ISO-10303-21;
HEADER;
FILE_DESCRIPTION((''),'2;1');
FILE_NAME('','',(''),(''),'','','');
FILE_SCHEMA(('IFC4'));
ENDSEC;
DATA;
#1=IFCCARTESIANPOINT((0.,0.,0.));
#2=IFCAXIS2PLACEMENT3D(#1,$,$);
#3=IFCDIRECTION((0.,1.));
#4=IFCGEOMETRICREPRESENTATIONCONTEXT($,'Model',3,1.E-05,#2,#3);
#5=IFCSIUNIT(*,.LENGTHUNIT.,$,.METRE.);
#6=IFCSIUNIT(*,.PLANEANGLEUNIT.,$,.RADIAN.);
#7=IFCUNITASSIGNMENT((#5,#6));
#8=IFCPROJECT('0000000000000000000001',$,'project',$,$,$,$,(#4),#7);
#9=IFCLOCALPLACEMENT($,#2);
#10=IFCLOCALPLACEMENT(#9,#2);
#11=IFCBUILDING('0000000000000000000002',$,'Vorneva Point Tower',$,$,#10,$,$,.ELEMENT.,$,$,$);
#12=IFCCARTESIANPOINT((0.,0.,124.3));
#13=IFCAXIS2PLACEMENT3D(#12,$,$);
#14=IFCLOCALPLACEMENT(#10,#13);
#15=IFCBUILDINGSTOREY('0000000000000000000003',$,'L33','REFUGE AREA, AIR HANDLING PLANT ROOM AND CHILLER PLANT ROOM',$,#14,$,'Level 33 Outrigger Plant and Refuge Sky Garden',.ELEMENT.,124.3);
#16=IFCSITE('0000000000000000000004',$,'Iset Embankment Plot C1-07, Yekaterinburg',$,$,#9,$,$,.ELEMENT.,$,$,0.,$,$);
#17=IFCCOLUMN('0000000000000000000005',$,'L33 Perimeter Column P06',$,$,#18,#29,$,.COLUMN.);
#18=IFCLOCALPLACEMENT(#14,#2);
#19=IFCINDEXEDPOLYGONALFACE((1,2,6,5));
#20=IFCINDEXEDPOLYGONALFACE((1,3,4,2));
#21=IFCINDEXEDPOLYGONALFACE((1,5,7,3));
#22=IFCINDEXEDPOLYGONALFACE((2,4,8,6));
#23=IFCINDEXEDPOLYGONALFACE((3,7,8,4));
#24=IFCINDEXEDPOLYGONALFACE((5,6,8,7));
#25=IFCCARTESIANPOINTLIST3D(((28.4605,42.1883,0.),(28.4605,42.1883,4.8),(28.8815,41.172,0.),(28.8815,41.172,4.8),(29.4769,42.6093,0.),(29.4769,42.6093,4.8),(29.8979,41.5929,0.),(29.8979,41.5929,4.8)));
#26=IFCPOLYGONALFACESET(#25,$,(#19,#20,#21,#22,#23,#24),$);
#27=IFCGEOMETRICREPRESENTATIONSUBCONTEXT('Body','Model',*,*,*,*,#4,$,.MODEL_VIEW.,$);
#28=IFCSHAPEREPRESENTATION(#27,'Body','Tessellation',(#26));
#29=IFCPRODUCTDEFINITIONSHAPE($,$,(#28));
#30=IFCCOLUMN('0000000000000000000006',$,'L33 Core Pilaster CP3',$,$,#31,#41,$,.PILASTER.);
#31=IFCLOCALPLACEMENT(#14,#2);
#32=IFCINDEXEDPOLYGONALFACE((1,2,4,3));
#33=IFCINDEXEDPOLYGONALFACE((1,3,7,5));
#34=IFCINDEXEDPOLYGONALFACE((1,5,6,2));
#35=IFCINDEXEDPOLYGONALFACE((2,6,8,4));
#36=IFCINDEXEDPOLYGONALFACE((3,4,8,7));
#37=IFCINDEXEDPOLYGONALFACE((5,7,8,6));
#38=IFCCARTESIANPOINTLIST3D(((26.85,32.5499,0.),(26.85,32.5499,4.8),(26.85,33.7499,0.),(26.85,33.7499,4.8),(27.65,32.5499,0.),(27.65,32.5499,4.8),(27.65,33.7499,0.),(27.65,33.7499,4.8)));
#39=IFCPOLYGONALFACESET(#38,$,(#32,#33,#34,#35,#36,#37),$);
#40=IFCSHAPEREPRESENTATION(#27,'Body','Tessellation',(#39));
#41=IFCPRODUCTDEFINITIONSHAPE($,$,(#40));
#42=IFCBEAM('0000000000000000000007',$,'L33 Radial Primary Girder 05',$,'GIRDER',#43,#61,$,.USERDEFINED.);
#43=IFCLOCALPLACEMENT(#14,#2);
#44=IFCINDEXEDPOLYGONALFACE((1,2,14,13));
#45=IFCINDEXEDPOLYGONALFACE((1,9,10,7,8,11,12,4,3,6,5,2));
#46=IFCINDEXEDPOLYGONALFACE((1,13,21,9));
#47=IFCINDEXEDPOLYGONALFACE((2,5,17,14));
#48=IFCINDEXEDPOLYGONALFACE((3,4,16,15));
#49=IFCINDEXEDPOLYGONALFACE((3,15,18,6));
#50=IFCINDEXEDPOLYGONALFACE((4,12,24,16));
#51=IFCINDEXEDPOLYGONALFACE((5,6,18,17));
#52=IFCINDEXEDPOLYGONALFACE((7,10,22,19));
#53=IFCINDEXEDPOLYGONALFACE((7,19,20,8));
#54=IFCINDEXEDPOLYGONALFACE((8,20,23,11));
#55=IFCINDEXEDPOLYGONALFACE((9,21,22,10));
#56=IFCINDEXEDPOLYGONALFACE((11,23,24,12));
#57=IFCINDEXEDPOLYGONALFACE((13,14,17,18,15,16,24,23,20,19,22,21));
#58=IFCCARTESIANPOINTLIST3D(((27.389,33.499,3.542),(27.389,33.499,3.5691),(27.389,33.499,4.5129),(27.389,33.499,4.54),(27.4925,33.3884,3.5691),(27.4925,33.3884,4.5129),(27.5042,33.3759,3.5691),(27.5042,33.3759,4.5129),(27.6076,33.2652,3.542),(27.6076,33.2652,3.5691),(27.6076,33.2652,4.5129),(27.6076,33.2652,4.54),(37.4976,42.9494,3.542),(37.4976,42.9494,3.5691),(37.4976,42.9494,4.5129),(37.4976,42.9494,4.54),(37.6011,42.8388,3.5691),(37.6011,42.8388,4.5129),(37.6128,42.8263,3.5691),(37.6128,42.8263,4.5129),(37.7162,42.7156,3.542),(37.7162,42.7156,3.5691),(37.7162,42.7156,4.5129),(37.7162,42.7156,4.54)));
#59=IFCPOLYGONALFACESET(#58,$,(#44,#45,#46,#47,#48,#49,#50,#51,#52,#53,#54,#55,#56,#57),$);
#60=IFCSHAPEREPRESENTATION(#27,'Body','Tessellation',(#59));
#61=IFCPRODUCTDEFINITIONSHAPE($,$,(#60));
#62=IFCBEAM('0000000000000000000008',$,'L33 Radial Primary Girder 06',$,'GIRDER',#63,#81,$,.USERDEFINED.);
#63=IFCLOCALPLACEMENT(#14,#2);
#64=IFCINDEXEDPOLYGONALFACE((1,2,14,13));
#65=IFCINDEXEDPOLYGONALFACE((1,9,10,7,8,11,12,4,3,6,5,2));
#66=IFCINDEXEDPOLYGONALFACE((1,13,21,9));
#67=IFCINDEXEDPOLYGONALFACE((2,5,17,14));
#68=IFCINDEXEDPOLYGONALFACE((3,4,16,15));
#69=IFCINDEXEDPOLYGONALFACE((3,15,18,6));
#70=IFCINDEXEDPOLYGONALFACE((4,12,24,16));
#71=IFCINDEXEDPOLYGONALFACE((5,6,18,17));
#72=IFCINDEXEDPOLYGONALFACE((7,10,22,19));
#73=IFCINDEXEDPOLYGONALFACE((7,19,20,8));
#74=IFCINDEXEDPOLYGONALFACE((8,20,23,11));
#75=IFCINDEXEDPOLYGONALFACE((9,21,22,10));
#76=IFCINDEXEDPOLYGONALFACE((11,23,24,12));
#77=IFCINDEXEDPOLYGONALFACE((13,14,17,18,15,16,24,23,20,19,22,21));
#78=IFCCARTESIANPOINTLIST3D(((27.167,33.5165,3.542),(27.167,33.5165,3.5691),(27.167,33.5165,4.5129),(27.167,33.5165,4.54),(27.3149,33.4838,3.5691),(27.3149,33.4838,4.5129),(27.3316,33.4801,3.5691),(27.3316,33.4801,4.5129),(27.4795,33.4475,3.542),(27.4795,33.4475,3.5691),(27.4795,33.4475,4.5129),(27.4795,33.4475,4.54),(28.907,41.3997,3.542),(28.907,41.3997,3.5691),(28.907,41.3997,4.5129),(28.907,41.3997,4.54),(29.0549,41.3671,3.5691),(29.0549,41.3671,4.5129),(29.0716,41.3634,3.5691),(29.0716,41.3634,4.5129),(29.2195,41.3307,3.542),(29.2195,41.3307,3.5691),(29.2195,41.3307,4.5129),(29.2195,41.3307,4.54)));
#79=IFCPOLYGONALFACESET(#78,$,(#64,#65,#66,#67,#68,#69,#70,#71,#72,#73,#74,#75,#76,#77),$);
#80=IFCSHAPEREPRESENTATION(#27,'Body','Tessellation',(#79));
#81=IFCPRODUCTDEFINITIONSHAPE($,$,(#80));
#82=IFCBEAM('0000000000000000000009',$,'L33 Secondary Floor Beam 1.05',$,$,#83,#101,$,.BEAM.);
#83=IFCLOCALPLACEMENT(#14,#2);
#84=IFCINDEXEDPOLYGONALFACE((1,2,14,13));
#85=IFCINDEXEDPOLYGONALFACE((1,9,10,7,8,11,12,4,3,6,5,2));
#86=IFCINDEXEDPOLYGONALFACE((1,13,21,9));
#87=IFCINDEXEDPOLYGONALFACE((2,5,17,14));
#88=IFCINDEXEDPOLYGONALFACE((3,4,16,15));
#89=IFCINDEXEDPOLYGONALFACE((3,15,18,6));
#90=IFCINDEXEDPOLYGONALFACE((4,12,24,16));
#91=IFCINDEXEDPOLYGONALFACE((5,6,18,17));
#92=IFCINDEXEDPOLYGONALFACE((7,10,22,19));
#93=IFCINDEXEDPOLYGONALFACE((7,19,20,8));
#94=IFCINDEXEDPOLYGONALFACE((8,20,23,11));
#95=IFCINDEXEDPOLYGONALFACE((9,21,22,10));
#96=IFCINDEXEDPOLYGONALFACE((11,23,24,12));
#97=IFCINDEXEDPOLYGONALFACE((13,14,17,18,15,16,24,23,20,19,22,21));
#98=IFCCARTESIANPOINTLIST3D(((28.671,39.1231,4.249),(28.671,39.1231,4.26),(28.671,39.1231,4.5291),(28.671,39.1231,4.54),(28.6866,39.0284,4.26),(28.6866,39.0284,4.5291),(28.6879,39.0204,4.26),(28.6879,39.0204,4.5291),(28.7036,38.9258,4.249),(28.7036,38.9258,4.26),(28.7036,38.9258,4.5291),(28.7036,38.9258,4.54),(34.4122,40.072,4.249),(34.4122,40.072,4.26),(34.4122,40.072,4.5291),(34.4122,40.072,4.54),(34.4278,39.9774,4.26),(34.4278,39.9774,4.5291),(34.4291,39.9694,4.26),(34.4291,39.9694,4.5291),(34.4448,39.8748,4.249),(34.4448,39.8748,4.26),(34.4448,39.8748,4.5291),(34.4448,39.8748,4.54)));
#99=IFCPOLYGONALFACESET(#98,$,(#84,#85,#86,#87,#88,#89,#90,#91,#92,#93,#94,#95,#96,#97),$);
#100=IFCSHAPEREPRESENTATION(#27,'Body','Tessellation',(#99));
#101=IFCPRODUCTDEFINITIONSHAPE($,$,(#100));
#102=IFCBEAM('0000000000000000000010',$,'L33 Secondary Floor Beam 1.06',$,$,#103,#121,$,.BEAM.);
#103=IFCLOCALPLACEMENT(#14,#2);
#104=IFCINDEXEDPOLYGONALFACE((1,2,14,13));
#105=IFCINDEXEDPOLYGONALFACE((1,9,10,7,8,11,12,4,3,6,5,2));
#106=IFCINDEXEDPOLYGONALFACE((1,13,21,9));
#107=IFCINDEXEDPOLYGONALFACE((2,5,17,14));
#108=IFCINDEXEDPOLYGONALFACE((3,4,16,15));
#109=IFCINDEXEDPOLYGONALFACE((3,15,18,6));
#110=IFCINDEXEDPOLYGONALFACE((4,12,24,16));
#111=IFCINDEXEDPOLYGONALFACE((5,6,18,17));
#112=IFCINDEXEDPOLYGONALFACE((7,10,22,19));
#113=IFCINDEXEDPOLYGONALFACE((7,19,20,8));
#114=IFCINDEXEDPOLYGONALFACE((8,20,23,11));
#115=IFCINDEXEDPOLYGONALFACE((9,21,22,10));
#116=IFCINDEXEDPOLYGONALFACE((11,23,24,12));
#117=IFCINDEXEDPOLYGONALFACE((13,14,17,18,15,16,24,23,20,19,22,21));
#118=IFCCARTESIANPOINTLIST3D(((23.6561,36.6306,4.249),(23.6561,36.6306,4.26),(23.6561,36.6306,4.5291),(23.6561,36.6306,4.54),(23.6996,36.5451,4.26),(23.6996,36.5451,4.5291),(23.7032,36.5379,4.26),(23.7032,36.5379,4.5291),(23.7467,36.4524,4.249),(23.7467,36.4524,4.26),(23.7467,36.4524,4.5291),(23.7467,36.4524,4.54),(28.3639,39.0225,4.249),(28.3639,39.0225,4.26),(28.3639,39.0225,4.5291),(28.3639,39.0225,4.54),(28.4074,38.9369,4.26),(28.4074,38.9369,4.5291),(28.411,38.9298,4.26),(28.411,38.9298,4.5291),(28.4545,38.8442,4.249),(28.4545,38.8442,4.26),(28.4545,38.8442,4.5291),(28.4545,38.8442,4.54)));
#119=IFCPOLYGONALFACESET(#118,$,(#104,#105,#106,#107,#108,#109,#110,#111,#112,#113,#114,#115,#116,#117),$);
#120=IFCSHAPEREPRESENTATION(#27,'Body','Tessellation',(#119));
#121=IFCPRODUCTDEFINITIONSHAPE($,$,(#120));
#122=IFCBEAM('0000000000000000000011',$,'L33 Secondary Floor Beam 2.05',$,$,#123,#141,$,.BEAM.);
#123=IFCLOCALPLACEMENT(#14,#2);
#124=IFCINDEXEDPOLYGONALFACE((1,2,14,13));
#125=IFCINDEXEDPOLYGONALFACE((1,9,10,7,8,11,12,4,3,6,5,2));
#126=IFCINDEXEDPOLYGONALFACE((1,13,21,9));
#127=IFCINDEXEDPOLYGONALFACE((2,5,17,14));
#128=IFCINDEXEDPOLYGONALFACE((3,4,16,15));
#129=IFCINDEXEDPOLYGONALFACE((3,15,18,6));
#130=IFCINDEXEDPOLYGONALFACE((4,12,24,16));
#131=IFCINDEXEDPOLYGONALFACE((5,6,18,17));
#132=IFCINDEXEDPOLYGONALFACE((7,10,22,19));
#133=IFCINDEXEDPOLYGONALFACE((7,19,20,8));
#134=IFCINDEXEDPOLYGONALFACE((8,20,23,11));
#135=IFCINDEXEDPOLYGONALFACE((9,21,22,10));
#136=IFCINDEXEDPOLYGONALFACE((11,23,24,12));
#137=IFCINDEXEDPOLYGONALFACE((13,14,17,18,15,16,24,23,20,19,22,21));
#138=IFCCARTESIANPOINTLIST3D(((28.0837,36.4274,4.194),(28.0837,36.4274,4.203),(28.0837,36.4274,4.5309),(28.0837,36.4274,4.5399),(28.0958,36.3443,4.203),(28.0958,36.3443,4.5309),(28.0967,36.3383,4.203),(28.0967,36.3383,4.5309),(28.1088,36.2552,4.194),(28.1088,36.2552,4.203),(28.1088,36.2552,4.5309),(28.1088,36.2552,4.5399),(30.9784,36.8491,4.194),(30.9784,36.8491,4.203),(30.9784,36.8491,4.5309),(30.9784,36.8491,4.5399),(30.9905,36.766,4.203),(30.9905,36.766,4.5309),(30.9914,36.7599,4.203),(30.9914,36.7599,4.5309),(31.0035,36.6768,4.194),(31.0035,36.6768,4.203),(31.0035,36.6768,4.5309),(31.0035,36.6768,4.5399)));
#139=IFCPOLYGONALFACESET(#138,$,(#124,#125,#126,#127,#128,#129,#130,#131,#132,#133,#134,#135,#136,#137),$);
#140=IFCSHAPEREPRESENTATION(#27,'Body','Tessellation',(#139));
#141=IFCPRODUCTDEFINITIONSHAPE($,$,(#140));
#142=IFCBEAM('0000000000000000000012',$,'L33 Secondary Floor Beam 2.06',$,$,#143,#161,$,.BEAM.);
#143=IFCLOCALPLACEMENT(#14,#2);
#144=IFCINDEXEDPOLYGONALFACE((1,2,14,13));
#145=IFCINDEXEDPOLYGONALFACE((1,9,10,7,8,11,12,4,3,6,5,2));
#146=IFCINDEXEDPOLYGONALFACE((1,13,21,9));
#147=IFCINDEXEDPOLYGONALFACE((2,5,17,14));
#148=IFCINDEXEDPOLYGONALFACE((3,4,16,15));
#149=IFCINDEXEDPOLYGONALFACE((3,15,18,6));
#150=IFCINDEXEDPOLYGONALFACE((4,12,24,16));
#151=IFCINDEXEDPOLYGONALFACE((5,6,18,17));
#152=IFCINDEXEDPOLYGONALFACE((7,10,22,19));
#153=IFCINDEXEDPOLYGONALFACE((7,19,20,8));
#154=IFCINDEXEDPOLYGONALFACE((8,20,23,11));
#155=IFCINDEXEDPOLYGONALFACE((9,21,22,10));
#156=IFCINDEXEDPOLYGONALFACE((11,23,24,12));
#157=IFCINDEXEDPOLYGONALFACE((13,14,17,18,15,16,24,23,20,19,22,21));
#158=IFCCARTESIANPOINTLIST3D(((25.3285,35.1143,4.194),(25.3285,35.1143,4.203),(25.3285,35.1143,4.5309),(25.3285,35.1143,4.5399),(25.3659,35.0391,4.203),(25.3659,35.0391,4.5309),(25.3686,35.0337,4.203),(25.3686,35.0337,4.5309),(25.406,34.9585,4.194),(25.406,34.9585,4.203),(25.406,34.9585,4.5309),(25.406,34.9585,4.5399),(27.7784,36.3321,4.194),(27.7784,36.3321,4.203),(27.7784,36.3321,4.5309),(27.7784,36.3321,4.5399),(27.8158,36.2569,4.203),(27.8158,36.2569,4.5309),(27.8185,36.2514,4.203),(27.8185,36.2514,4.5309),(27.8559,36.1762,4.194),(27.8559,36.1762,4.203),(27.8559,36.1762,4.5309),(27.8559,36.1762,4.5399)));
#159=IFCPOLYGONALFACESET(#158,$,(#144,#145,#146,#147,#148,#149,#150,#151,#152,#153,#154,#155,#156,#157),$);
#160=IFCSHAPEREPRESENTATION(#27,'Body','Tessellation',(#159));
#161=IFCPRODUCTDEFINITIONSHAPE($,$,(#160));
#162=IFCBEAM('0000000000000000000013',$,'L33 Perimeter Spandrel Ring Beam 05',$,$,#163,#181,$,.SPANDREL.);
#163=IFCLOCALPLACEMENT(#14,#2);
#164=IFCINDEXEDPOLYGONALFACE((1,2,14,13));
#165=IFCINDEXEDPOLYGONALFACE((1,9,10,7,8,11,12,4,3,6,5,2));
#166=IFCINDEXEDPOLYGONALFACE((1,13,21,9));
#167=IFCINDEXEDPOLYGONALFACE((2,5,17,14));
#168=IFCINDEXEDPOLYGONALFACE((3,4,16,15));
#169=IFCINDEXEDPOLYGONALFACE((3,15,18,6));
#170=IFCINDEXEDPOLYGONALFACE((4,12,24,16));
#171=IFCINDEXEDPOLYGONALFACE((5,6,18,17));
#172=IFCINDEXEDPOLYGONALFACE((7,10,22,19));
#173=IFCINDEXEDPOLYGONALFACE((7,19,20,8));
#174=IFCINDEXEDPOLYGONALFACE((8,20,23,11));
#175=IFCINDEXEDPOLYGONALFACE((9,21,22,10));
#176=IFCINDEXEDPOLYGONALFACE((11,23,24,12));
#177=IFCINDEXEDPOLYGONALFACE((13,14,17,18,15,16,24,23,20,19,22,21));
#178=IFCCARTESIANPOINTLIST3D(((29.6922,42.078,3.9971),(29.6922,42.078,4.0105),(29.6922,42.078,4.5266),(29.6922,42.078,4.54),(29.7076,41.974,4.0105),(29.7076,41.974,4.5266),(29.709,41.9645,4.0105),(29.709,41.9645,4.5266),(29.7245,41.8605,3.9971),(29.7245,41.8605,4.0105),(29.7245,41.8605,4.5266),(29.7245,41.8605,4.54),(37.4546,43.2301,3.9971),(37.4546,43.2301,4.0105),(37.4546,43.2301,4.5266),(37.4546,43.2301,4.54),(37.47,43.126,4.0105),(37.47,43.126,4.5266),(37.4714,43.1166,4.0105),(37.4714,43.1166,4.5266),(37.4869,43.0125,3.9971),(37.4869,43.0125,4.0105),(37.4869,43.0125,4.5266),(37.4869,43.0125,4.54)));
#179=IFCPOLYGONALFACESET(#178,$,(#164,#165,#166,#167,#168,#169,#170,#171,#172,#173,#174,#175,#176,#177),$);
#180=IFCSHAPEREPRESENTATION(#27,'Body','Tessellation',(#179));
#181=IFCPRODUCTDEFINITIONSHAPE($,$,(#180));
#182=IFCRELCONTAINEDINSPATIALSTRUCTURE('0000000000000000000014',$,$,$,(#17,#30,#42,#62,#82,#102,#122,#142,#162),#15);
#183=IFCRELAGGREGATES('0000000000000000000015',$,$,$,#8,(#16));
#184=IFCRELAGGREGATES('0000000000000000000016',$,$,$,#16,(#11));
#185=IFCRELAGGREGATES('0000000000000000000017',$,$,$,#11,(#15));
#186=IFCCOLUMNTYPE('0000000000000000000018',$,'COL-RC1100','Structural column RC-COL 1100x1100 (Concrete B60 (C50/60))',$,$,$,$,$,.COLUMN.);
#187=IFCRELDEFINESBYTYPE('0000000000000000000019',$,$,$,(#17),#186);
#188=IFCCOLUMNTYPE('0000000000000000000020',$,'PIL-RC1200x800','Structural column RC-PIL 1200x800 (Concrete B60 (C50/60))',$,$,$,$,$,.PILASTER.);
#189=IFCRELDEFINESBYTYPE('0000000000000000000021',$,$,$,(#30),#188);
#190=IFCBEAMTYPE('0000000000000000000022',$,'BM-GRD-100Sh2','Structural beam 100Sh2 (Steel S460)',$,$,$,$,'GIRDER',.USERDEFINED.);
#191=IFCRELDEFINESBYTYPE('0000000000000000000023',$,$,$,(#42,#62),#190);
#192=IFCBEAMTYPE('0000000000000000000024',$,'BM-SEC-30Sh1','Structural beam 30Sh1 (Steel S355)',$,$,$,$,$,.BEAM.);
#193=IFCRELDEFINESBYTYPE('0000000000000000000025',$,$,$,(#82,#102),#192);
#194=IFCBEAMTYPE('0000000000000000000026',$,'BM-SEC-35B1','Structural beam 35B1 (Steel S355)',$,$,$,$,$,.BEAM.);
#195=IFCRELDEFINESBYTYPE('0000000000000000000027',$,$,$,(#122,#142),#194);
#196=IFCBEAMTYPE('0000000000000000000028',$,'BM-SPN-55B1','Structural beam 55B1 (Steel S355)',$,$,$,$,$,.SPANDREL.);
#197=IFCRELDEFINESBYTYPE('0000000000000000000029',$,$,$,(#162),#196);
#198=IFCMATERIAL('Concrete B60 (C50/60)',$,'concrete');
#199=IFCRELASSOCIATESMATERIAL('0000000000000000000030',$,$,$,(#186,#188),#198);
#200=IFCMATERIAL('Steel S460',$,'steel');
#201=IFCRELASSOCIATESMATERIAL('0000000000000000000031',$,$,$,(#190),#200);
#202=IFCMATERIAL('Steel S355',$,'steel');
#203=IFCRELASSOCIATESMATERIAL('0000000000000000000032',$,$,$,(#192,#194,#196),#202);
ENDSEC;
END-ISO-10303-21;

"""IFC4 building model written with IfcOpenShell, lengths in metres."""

from ifc_helpers import new_model, si_unit, direction, frame, origin, origin_2d, place, context, subcontext, project, spatial, rectangle, i_section, extrude, material, material_profile, profile_set, type_object, element, save


model = new_model("IFC4")

# Units and contexts
model_context = context("Model", 3, precision=1e-05, world=origin(), true_north=direction((0.0, 1.0)))
body_context = subcontext(model_context, "Body", "Model", "MODEL_VIEW")
ifc_project = project(units=[si_unit("LENGTHUNIT", "METRE"), si_unit("PLANEANGLEUNIT", "RADIAN")], contexts=[model_context])

# Site, building, storey
site_placement = place(None, origin())
site = spatial("IfcSite", under=ifc_project, at=site_placement, Name="Iset Embankment Plot C1-07, Yekaterinburg", CompositionType="ELEMENT", RefElevation=0.0)
building_placement = place(site_placement, origin())
building = spatial("IfcBuilding", under=site, at=building_placement, Name="Vorneva Point Tower", CompositionType="ELEMENT")
storey_placement = place(building_placement, frame((0.0, 0.0, 124.3)))
storey = spatial("IfcBuildingStorey", under=building, at=storey_placement, Name="L33", Description="REFUGE AREA, AIR HANDLING PLANT ROOM AND CHILLER PLANT ROOM", LongName="Level 33 Outrigger Plant and Refuge Sky Garden", CompositionType="ELEMENT", Elevation=124.3)

# Columns
ifc_material_1 = material(Name="Concrete B60 (C50/60)", Category="concrete")
ifc_material_profile_1 = material_profile(ifc_material_1, rectangle(XDim=1.1001, YDim=1.1001, at=origin_2d()), Name="RC-COL 1100x1100")
ifc_profile_set_1 = profile_set([ifc_material_profile_1], Name="Concrete B60 (C50/60)")
column_type_1 = type_object("IfcColumnType", Name="COL-RC1100", Description="Structural column RC-COL 1100x1100 (Concrete B60 (C50/60))", PredefinedType="COLUMN", material=ifc_profile_set_1)
column_1_placement = place(storey_placement, frame((29.1792, 41.8906, 0.0), z_axis=(0.0, 0.0, 1.0), x_axis=(-0.382683, 0.92388, 0.0)))
element("IfcColumn", 1, at=column_1_placement, inside=storey, type_object=column_type_1, Name="L33 Perimeter Column P06", PredefinedType="COLUMN", context=body_context, shape_type="SweptSolid", body=[
    extrude(rectangle(XDim=1.1001, YDim=1.1001, at=origin_2d()), origin(), (0.0, 0.0, 1.0), 4.8),
])
ifc_material_profile_2 = material_profile(ifc_material_1, rectangle(XDim=0.8, YDim=1.2, at=origin_2d()), Name="RC-PIL 1200x800")
ifc_profile_set_2 = profile_set([ifc_material_profile_2], Name="Concrete B60 (C50/60)")
column_type_2 = type_object("IfcColumnType", Name="PIL-RC1200x800", Description="Structural column RC-PIL 1200x800 (Concrete B60 (C50/60))", PredefinedType="PILASTER", material=ifc_profile_set_2)
column_2_placement = place(storey_placement, frame((27.25, 33.1499, 0.0), z_axis=(0.0, 0.0, 1.0), x_axis=(1.0, 0.0, 0.0)))
element("IfcColumn", 2, at=column_2_placement, inside=storey, type_object=column_type_2, Name="L33 Core Pilaster CP3", PredefinedType="PILASTER", context=body_context, shape_type="SweptSolid", body=[
    extrude(rectangle(XDim=0.8, YDim=1.2, at=origin_2d()), origin(), (0.0, 0.0, 1.0), 4.8),
])

# Beams
ifc_material_2 = material(Name="Steel S460", Category="steel")
ifc_material_profile_3 = material_profile(ifc_material_2, i_section(OverallWidth=0.3201, OverallDepth=0.998, WebThickness=0.0171, FlangeThickness=0.0271, at=origin_2d()), Name="100Sh2")
ifc_profile_set_3 = profile_set([ifc_material_profile_3], Name="Steel S460")
beam_type_1 = type_object("IfcBeamType", Name="BM-GRD-100Sh2", Description="Structural beam 100Sh2 (Steel S460)", ElementType="GIRDER", PredefinedType="USERDEFINED", material=ifc_profile_set_3)
beam_1_placement = place(storey_placement, frame((37.6069, 42.8325, 4.041), z_axis=(-0.730489, -0.682925, 0.0), x_axis=(0.682925, -0.730489, 0.0)))
element("IfcBeam", 3, at=beam_1_placement, inside=storey, type_object=beam_type_1, Name="L33 Radial Primary Girder 05", ObjectType="GIRDER", PredefinedType="USERDEFINED", context=body_context, shape_type="SweptSolid", body=[
    extrude(i_section(OverallWidth=0.3201, OverallDepth=0.998, WebThickness=0.0171, FlangeThickness=0.0271, at=origin_2d()), origin(), (0.0, 0.0, 1.0), 13.8381),
])
beam_2_placement = place(storey_placement, frame((29.0632, 41.3652, 4.041), z_axis=(-0.215531, -0.976497, 0.0), x_axis=(0.976497, -0.215531, 0.0)))
element("IfcBeam", 4, at=beam_2_placement, inside=storey, type_object=beam_type_1, Name="L33 Radial Primary Girder 06", ObjectType="GIRDER", PredefinedType="USERDEFINED", context=body_context, shape_type="SweptSolid", body=[
    extrude(i_section(OverallWidth=0.3201, OverallDepth=0.998, WebThickness=0.0171, FlangeThickness=0.0271, at=origin_2d()), origin(), (0.0, 0.0, 1.0), 8.073),
])
ifc_material_3 = material(Name="Steel S355", Category="steel")
ifc_material_profile_4 = material_profile(ifc_material_3, i_section(OverallWidth=0.2, OverallDepth=0.291, WebThickness=0.0081, FlangeThickness=0.011, at=origin_2d()), Name="30Sh1")
ifc_profile_set_4 = profile_set([ifc_material_profile_4], Name="Steel S355")
beam_type_2 = type_object("IfcBeamType", Name="BM-SEC-30Sh1", Description="Structural beam 30Sh1 (Steel S355)", PredefinedType="BEAM", material=ifc_profile_set_4)
beam_3_placement = place(storey_placement, frame((34.4285, 39.9734, 4.3945), z_axis=(-0.986613, -0.163079, 0.0), x_axis=(0.163079, -0.986613, 0.0)))
element("IfcBeam", 5, at=beam_3_placement, inside=storey, type_object=beam_type_2, Name="L33 Secondary Floor Beam 1.05", PredefinedType="BEAM", context=body_context, shape_type="SweptSolid", body=[
    extrude(i_section(OverallWidth=0.2, OverallDepth=0.291, WebThickness=0.0081, FlangeThickness=0.011, at=origin_2d()), origin(), (0.0, 0.0, 1.0), 5.8191),
])
beam_4_placement = place(storey_placement, frame((28.4092, 38.9333, 4.3945), z_axis=(-0.891533, -0.452956, 0.0), x_axis=(0.452956, -0.891533, 0.0)))
element("IfcBeam", 6, at=beam_4_placement, inside=storey, type_object=beam_type_2, Name="L33 Secondary Floor Beam 1.06", PredefinedType="BEAM", context=body_context, shape_type="SweptSolid", body=[
    extrude(i_section(OverallWidth=0.2, OverallDepth=0.291, WebThickness=0.0081, FlangeThickness=0.011, at=origin_2d()), origin(), (0.0, 0.0, 1.0), 5.2805),
])
ifc_material_profile_5 = material_profile(ifc_material_3, i_section(OverallWidth=0.1741, OverallDepth=0.3459, WebThickness=0.0061, FlangeThickness=0.009, at=origin_2d()), Name="35B1")
ifc_profile_set_5 = profile_set([ifc_material_profile_5], Name="Steel S355")
beam_type_3 = type_object("IfcBeamType", Name="BM-SEC-35B1", Description="Structural beam 35B1 (Steel S355)", PredefinedType="BEAM", material=ifc_profile_set_5)
beam_5_placement = place(storey_placement, frame((30.991, 36.7629, 4.3669), z_axis=(-0.989559, -0.144132, 0.0), x_axis=(0.144132, -0.989559, 0.0)))
element("IfcBeam", 7, at=beam_5_placement, inside=storey, type_object=beam_type_3, Name="L33 Secondary Floor Beam 2.05", PredefinedType="BEAM", context=body_context, shape_type="SweptSolid", body=[
    extrude(i_section(OverallWidth=0.1741, OverallDepth=0.3459, WebThickness=0.0061, FlangeThickness=0.009, at=origin_2d()), origin(), (0.0, 0.0, 1.0), 2.9253),
])
beam_6_placement = place(storey_placement, frame((27.8171, 36.2542, 4.3669), z_axis=(-0.895478, -0.445106, 0.0), x_axis=(0.445106, -0.895478, 0.0)))
element("IfcBeam", 8, at=beam_6_placement, inside=storey, type_object=beam_type_3, Name="L33 Secondary Floor Beam 2.06", PredefinedType="BEAM", context=body_context, shape_type="SweptSolid", body=[
    extrude(i_section(OverallWidth=0.1741, OverallDepth=0.3459, WebThickness=0.0061, FlangeThickness=0.009, at=origin_2d()), origin(), (0.0, 0.0, 1.0), 2.7358),
])
ifc_material_profile_6 = material_profile(ifc_material_3, i_section(OverallWidth=0.22, OverallDepth=0.543, WebThickness=0.0095, FlangeThickness=0.0134, at=origin_2d()), Name="55B1")
ifc_profile_set_6 = profile_set([ifc_material_profile_6], Name="Steel S355")
beam_type_4 = type_object("IfcBeamType", Name="BM-SPN-55B1", Description="Structural beam 55B1 (Steel S355)", PredefinedType="SPANDREL", material=ifc_profile_set_6)
beam_7_placement = place(storey_placement, frame((37.4707, 43.1213, 4.2686), z_axis=(-0.989165, -0.146811, 0.0), x_axis=(0.146811, -0.989165, 0.0)))
element("IfcBeam", 9, at=beam_7_placement, inside=storey, type_object=beam_type_4, Name="L33 Perimeter Spandrel Ring Beam 05", PredefinedType="SPANDREL", context=body_context, shape_type="SweptSolid", body=[
    extrude(i_section(OverallWidth=0.22, OverallDepth=0.543, WebThickness=0.0095, FlangeThickness=0.0134, at=origin_2d()), origin(), (0.0, 0.0, 1.0), 7.8474),
])

save(model, "model.ifc")
